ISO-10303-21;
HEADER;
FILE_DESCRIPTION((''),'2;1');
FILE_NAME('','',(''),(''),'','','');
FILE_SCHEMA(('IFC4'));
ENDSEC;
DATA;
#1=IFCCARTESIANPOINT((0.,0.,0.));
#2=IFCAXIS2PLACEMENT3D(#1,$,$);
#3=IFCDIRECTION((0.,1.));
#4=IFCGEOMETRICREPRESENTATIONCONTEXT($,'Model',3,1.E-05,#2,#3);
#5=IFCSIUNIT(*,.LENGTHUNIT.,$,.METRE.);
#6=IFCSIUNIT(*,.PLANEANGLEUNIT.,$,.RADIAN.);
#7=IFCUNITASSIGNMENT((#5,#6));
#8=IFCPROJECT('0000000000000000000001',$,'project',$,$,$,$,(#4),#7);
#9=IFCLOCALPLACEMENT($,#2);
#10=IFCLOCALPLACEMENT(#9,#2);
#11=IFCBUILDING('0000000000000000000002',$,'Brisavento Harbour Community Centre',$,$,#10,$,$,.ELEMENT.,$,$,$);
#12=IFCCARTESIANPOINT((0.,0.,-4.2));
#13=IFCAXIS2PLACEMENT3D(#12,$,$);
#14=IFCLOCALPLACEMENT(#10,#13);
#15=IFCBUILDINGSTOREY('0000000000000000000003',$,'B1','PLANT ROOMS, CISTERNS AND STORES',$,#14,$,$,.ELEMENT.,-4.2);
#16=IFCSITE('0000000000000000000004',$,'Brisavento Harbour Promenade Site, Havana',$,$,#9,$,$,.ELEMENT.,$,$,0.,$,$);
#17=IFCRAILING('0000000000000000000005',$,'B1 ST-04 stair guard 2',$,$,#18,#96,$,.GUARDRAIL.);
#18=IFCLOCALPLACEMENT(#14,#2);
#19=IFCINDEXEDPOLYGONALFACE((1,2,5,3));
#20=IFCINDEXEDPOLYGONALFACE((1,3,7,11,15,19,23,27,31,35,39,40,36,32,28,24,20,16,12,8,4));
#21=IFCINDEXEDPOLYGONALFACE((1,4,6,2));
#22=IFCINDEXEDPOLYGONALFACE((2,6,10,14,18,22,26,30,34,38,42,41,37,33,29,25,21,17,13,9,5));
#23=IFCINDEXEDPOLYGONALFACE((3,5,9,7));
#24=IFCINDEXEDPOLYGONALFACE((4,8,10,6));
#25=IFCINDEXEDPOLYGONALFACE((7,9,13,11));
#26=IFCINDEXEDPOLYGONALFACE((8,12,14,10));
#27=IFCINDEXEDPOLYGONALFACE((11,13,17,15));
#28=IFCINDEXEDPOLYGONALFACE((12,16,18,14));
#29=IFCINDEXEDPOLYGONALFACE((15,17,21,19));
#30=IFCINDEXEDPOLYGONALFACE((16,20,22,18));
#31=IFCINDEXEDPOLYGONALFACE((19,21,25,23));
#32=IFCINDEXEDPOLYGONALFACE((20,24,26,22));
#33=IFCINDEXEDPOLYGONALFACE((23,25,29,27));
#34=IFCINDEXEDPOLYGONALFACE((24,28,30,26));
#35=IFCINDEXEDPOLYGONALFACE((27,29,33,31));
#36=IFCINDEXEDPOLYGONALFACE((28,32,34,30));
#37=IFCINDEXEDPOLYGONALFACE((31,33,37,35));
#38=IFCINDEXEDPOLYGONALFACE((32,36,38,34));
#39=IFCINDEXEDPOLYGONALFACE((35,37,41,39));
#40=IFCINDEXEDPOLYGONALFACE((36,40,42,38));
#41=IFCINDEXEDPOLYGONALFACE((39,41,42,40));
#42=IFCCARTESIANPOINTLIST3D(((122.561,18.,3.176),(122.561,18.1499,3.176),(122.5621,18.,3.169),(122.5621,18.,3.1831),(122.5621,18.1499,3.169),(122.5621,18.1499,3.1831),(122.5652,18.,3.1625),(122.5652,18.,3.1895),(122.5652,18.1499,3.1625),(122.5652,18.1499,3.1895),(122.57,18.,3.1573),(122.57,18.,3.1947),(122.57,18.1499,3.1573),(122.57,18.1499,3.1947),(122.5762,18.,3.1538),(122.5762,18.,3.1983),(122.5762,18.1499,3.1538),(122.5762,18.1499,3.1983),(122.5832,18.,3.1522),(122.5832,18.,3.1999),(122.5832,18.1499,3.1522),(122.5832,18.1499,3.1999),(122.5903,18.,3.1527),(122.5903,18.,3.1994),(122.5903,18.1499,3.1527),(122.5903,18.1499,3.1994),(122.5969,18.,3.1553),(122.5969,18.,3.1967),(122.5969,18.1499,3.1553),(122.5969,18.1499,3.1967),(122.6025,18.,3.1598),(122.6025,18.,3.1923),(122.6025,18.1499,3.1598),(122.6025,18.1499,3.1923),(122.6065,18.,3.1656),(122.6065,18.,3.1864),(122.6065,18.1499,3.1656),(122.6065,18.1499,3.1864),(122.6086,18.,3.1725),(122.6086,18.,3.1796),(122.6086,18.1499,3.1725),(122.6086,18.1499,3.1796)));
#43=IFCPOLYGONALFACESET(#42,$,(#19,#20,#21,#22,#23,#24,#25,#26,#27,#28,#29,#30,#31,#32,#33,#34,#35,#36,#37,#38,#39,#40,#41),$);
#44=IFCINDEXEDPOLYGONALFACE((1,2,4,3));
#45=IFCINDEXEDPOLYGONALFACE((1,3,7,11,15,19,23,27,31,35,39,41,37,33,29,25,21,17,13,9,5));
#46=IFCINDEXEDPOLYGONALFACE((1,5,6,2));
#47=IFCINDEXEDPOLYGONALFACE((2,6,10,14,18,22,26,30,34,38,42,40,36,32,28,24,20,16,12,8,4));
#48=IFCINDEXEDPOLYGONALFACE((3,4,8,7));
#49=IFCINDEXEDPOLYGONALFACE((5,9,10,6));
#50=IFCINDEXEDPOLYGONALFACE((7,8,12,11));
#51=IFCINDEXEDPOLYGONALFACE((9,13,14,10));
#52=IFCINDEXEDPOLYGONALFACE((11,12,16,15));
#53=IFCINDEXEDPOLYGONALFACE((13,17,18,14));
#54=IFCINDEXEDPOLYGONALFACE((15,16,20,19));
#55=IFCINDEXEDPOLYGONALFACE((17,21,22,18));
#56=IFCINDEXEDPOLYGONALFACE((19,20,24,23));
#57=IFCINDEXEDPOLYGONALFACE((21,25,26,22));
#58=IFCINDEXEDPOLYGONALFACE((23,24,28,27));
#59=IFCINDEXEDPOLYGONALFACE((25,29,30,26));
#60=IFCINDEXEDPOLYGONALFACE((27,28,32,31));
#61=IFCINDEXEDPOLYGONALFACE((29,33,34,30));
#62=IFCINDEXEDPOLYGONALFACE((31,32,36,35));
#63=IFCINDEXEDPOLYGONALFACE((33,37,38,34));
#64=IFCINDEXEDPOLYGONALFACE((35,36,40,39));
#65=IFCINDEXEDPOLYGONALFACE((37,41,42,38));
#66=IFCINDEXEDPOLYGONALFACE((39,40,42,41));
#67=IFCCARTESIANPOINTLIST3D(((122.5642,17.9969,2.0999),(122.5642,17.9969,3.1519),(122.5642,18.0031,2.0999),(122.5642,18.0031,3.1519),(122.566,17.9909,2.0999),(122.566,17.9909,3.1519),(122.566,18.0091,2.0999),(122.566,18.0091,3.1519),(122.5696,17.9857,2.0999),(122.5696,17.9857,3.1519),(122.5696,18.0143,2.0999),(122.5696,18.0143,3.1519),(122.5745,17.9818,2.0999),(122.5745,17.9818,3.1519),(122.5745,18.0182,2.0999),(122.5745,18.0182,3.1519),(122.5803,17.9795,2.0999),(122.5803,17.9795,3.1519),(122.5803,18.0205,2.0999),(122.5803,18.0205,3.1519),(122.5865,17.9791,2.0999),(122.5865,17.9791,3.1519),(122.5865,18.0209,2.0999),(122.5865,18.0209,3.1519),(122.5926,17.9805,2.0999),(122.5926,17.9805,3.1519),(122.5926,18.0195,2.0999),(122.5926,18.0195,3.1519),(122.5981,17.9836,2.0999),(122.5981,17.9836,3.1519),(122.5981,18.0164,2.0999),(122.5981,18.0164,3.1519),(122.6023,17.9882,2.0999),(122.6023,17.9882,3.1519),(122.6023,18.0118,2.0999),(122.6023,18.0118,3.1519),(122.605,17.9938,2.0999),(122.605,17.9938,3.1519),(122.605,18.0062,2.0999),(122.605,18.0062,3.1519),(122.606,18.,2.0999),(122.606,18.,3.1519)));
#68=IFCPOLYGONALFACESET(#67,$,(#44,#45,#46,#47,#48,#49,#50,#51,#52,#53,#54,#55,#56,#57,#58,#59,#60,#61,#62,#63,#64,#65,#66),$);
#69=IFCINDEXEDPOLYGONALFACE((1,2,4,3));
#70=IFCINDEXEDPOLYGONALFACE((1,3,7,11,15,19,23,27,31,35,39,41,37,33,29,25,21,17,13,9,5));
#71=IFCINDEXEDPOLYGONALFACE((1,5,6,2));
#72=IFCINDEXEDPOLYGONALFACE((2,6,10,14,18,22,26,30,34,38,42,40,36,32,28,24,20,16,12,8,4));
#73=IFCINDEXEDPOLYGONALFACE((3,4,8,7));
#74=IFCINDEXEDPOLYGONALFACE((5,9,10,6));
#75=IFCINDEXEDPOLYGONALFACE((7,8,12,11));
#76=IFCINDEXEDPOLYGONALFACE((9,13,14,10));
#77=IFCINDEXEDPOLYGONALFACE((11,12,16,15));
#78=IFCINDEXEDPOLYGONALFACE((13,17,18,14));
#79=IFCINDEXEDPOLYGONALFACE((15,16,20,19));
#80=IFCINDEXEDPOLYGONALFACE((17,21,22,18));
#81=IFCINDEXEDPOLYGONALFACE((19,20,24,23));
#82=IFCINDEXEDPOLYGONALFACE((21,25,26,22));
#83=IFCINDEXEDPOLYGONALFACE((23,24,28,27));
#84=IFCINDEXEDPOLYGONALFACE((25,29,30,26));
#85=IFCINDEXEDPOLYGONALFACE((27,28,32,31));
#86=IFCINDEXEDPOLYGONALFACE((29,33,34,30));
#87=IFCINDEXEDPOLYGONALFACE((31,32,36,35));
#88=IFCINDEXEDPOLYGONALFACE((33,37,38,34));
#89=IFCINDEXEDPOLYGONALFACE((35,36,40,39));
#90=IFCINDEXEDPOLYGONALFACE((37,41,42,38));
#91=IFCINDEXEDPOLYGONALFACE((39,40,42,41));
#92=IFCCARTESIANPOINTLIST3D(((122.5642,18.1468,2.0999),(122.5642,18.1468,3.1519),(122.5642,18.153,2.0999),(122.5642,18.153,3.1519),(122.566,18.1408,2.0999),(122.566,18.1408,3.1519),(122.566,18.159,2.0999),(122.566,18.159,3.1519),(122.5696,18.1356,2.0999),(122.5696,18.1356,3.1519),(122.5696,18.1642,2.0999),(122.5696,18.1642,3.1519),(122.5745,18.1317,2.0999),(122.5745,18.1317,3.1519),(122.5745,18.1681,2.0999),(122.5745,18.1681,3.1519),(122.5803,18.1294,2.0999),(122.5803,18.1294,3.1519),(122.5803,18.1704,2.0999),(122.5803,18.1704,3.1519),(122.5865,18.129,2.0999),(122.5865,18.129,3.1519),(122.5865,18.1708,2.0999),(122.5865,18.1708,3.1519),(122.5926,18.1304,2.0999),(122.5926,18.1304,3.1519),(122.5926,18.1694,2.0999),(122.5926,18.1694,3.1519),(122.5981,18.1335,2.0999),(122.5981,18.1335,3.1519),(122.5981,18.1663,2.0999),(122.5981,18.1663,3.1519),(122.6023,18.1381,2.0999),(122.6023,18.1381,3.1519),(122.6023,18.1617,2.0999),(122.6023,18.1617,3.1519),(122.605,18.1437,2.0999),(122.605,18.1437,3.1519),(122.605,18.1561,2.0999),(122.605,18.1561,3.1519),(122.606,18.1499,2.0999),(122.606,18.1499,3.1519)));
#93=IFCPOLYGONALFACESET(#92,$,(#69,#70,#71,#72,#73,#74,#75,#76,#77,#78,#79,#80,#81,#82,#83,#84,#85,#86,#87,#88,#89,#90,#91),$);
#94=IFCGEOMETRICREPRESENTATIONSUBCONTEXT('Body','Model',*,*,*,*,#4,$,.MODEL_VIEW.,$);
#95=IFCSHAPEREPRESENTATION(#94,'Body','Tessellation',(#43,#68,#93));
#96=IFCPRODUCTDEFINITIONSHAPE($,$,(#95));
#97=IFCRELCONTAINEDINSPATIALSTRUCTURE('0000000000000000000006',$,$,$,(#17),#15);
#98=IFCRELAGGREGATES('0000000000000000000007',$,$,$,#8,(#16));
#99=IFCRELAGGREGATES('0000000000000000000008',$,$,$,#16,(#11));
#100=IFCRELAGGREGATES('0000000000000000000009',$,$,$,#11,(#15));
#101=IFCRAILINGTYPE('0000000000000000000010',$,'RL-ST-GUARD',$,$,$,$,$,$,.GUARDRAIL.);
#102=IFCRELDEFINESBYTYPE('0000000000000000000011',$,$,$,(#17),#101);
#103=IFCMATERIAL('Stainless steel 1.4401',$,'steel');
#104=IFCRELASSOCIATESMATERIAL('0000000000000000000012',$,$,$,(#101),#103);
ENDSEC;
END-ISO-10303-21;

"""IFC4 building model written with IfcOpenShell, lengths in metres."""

from ifc_helpers import new_model, si_unit, direction, frame, origin, origin_2d, place, context, subcontext, project, spatial, circle, extrude, material, type_object, element, save


model = new_model("IFC4")

# Units and contexts
model_context = context("Model", 3, precision=1e-05, world=origin(), true_north=direction((0.0, 1.0)))
body_context = subcontext(model_context, "Body", "Model", "MODEL_VIEW")
ifc_project = project(units=[si_unit("LENGTHUNIT", "METRE"), si_unit("PLANEANGLEUNIT", "RADIAN")], contexts=[model_context])

# Site, building, storey
site_placement = place(None, origin())
site = spatial("IfcSite", under=ifc_project, at=site_placement, Name="Brisavento Harbour Promenade Site, Havana", CompositionType="ELEMENT", RefElevation=0.0)
building_placement = place(site_placement, origin())
building = spatial("IfcBuilding", under=site, at=building_placement, Name="Brisavento Harbour Community Centre", CompositionType="ELEMENT")
storey_placement = place(building_placement, frame((0.0, 0.0, -4.2)))
storey = spatial("IfcBuildingStorey", under=building, at=storey_placement, Name="B1", Description="PLANT ROOMS, CISTERNS AND STORES", CompositionType="ELEMENT", Elevation=-4.2)

# Shared definitions
ifc_material_1 = material(Name="Stainless steel 1.4401", Category="steel")

# Railing
railing_type_1 = type_object("IfcRailingType", Name="RL-ST-GUARD", PredefinedType="GUARDRAIL", material=ifc_material_1)
railing_1_placement = place(storey_placement, frame((122.585, 18.0, 2.0999)))
element("IfcRailing", 1, at=railing_1_placement, inside=storey, type_object=railing_type_1, Name="B1 ST-04 stair guard 2", PredefinedType="GUARDRAIL", context=body_context, shape_type="SweptSolid", body=[
    extrude(circle(Radius=0.0239, at=origin_2d()), frame((0.0, 0.0, 1.0762), z_axis=(0.0, 1.0, 0.0), x_axis=(-1.0, 0.0, 0.0)), (0.0, 0.0, 1.0), 0.1499),
    extrude(circle(Radius=0.021, at=origin_2d()), origin(), (0.0, 0.0, 1.0), 1.052),
    extrude(circle(Radius=0.021, at=origin_2d()), frame((0.0, 0.1499, 0.0)), (0.0, 0.0, 1.0), 1.052),
])

save(model, "model.ifc")
